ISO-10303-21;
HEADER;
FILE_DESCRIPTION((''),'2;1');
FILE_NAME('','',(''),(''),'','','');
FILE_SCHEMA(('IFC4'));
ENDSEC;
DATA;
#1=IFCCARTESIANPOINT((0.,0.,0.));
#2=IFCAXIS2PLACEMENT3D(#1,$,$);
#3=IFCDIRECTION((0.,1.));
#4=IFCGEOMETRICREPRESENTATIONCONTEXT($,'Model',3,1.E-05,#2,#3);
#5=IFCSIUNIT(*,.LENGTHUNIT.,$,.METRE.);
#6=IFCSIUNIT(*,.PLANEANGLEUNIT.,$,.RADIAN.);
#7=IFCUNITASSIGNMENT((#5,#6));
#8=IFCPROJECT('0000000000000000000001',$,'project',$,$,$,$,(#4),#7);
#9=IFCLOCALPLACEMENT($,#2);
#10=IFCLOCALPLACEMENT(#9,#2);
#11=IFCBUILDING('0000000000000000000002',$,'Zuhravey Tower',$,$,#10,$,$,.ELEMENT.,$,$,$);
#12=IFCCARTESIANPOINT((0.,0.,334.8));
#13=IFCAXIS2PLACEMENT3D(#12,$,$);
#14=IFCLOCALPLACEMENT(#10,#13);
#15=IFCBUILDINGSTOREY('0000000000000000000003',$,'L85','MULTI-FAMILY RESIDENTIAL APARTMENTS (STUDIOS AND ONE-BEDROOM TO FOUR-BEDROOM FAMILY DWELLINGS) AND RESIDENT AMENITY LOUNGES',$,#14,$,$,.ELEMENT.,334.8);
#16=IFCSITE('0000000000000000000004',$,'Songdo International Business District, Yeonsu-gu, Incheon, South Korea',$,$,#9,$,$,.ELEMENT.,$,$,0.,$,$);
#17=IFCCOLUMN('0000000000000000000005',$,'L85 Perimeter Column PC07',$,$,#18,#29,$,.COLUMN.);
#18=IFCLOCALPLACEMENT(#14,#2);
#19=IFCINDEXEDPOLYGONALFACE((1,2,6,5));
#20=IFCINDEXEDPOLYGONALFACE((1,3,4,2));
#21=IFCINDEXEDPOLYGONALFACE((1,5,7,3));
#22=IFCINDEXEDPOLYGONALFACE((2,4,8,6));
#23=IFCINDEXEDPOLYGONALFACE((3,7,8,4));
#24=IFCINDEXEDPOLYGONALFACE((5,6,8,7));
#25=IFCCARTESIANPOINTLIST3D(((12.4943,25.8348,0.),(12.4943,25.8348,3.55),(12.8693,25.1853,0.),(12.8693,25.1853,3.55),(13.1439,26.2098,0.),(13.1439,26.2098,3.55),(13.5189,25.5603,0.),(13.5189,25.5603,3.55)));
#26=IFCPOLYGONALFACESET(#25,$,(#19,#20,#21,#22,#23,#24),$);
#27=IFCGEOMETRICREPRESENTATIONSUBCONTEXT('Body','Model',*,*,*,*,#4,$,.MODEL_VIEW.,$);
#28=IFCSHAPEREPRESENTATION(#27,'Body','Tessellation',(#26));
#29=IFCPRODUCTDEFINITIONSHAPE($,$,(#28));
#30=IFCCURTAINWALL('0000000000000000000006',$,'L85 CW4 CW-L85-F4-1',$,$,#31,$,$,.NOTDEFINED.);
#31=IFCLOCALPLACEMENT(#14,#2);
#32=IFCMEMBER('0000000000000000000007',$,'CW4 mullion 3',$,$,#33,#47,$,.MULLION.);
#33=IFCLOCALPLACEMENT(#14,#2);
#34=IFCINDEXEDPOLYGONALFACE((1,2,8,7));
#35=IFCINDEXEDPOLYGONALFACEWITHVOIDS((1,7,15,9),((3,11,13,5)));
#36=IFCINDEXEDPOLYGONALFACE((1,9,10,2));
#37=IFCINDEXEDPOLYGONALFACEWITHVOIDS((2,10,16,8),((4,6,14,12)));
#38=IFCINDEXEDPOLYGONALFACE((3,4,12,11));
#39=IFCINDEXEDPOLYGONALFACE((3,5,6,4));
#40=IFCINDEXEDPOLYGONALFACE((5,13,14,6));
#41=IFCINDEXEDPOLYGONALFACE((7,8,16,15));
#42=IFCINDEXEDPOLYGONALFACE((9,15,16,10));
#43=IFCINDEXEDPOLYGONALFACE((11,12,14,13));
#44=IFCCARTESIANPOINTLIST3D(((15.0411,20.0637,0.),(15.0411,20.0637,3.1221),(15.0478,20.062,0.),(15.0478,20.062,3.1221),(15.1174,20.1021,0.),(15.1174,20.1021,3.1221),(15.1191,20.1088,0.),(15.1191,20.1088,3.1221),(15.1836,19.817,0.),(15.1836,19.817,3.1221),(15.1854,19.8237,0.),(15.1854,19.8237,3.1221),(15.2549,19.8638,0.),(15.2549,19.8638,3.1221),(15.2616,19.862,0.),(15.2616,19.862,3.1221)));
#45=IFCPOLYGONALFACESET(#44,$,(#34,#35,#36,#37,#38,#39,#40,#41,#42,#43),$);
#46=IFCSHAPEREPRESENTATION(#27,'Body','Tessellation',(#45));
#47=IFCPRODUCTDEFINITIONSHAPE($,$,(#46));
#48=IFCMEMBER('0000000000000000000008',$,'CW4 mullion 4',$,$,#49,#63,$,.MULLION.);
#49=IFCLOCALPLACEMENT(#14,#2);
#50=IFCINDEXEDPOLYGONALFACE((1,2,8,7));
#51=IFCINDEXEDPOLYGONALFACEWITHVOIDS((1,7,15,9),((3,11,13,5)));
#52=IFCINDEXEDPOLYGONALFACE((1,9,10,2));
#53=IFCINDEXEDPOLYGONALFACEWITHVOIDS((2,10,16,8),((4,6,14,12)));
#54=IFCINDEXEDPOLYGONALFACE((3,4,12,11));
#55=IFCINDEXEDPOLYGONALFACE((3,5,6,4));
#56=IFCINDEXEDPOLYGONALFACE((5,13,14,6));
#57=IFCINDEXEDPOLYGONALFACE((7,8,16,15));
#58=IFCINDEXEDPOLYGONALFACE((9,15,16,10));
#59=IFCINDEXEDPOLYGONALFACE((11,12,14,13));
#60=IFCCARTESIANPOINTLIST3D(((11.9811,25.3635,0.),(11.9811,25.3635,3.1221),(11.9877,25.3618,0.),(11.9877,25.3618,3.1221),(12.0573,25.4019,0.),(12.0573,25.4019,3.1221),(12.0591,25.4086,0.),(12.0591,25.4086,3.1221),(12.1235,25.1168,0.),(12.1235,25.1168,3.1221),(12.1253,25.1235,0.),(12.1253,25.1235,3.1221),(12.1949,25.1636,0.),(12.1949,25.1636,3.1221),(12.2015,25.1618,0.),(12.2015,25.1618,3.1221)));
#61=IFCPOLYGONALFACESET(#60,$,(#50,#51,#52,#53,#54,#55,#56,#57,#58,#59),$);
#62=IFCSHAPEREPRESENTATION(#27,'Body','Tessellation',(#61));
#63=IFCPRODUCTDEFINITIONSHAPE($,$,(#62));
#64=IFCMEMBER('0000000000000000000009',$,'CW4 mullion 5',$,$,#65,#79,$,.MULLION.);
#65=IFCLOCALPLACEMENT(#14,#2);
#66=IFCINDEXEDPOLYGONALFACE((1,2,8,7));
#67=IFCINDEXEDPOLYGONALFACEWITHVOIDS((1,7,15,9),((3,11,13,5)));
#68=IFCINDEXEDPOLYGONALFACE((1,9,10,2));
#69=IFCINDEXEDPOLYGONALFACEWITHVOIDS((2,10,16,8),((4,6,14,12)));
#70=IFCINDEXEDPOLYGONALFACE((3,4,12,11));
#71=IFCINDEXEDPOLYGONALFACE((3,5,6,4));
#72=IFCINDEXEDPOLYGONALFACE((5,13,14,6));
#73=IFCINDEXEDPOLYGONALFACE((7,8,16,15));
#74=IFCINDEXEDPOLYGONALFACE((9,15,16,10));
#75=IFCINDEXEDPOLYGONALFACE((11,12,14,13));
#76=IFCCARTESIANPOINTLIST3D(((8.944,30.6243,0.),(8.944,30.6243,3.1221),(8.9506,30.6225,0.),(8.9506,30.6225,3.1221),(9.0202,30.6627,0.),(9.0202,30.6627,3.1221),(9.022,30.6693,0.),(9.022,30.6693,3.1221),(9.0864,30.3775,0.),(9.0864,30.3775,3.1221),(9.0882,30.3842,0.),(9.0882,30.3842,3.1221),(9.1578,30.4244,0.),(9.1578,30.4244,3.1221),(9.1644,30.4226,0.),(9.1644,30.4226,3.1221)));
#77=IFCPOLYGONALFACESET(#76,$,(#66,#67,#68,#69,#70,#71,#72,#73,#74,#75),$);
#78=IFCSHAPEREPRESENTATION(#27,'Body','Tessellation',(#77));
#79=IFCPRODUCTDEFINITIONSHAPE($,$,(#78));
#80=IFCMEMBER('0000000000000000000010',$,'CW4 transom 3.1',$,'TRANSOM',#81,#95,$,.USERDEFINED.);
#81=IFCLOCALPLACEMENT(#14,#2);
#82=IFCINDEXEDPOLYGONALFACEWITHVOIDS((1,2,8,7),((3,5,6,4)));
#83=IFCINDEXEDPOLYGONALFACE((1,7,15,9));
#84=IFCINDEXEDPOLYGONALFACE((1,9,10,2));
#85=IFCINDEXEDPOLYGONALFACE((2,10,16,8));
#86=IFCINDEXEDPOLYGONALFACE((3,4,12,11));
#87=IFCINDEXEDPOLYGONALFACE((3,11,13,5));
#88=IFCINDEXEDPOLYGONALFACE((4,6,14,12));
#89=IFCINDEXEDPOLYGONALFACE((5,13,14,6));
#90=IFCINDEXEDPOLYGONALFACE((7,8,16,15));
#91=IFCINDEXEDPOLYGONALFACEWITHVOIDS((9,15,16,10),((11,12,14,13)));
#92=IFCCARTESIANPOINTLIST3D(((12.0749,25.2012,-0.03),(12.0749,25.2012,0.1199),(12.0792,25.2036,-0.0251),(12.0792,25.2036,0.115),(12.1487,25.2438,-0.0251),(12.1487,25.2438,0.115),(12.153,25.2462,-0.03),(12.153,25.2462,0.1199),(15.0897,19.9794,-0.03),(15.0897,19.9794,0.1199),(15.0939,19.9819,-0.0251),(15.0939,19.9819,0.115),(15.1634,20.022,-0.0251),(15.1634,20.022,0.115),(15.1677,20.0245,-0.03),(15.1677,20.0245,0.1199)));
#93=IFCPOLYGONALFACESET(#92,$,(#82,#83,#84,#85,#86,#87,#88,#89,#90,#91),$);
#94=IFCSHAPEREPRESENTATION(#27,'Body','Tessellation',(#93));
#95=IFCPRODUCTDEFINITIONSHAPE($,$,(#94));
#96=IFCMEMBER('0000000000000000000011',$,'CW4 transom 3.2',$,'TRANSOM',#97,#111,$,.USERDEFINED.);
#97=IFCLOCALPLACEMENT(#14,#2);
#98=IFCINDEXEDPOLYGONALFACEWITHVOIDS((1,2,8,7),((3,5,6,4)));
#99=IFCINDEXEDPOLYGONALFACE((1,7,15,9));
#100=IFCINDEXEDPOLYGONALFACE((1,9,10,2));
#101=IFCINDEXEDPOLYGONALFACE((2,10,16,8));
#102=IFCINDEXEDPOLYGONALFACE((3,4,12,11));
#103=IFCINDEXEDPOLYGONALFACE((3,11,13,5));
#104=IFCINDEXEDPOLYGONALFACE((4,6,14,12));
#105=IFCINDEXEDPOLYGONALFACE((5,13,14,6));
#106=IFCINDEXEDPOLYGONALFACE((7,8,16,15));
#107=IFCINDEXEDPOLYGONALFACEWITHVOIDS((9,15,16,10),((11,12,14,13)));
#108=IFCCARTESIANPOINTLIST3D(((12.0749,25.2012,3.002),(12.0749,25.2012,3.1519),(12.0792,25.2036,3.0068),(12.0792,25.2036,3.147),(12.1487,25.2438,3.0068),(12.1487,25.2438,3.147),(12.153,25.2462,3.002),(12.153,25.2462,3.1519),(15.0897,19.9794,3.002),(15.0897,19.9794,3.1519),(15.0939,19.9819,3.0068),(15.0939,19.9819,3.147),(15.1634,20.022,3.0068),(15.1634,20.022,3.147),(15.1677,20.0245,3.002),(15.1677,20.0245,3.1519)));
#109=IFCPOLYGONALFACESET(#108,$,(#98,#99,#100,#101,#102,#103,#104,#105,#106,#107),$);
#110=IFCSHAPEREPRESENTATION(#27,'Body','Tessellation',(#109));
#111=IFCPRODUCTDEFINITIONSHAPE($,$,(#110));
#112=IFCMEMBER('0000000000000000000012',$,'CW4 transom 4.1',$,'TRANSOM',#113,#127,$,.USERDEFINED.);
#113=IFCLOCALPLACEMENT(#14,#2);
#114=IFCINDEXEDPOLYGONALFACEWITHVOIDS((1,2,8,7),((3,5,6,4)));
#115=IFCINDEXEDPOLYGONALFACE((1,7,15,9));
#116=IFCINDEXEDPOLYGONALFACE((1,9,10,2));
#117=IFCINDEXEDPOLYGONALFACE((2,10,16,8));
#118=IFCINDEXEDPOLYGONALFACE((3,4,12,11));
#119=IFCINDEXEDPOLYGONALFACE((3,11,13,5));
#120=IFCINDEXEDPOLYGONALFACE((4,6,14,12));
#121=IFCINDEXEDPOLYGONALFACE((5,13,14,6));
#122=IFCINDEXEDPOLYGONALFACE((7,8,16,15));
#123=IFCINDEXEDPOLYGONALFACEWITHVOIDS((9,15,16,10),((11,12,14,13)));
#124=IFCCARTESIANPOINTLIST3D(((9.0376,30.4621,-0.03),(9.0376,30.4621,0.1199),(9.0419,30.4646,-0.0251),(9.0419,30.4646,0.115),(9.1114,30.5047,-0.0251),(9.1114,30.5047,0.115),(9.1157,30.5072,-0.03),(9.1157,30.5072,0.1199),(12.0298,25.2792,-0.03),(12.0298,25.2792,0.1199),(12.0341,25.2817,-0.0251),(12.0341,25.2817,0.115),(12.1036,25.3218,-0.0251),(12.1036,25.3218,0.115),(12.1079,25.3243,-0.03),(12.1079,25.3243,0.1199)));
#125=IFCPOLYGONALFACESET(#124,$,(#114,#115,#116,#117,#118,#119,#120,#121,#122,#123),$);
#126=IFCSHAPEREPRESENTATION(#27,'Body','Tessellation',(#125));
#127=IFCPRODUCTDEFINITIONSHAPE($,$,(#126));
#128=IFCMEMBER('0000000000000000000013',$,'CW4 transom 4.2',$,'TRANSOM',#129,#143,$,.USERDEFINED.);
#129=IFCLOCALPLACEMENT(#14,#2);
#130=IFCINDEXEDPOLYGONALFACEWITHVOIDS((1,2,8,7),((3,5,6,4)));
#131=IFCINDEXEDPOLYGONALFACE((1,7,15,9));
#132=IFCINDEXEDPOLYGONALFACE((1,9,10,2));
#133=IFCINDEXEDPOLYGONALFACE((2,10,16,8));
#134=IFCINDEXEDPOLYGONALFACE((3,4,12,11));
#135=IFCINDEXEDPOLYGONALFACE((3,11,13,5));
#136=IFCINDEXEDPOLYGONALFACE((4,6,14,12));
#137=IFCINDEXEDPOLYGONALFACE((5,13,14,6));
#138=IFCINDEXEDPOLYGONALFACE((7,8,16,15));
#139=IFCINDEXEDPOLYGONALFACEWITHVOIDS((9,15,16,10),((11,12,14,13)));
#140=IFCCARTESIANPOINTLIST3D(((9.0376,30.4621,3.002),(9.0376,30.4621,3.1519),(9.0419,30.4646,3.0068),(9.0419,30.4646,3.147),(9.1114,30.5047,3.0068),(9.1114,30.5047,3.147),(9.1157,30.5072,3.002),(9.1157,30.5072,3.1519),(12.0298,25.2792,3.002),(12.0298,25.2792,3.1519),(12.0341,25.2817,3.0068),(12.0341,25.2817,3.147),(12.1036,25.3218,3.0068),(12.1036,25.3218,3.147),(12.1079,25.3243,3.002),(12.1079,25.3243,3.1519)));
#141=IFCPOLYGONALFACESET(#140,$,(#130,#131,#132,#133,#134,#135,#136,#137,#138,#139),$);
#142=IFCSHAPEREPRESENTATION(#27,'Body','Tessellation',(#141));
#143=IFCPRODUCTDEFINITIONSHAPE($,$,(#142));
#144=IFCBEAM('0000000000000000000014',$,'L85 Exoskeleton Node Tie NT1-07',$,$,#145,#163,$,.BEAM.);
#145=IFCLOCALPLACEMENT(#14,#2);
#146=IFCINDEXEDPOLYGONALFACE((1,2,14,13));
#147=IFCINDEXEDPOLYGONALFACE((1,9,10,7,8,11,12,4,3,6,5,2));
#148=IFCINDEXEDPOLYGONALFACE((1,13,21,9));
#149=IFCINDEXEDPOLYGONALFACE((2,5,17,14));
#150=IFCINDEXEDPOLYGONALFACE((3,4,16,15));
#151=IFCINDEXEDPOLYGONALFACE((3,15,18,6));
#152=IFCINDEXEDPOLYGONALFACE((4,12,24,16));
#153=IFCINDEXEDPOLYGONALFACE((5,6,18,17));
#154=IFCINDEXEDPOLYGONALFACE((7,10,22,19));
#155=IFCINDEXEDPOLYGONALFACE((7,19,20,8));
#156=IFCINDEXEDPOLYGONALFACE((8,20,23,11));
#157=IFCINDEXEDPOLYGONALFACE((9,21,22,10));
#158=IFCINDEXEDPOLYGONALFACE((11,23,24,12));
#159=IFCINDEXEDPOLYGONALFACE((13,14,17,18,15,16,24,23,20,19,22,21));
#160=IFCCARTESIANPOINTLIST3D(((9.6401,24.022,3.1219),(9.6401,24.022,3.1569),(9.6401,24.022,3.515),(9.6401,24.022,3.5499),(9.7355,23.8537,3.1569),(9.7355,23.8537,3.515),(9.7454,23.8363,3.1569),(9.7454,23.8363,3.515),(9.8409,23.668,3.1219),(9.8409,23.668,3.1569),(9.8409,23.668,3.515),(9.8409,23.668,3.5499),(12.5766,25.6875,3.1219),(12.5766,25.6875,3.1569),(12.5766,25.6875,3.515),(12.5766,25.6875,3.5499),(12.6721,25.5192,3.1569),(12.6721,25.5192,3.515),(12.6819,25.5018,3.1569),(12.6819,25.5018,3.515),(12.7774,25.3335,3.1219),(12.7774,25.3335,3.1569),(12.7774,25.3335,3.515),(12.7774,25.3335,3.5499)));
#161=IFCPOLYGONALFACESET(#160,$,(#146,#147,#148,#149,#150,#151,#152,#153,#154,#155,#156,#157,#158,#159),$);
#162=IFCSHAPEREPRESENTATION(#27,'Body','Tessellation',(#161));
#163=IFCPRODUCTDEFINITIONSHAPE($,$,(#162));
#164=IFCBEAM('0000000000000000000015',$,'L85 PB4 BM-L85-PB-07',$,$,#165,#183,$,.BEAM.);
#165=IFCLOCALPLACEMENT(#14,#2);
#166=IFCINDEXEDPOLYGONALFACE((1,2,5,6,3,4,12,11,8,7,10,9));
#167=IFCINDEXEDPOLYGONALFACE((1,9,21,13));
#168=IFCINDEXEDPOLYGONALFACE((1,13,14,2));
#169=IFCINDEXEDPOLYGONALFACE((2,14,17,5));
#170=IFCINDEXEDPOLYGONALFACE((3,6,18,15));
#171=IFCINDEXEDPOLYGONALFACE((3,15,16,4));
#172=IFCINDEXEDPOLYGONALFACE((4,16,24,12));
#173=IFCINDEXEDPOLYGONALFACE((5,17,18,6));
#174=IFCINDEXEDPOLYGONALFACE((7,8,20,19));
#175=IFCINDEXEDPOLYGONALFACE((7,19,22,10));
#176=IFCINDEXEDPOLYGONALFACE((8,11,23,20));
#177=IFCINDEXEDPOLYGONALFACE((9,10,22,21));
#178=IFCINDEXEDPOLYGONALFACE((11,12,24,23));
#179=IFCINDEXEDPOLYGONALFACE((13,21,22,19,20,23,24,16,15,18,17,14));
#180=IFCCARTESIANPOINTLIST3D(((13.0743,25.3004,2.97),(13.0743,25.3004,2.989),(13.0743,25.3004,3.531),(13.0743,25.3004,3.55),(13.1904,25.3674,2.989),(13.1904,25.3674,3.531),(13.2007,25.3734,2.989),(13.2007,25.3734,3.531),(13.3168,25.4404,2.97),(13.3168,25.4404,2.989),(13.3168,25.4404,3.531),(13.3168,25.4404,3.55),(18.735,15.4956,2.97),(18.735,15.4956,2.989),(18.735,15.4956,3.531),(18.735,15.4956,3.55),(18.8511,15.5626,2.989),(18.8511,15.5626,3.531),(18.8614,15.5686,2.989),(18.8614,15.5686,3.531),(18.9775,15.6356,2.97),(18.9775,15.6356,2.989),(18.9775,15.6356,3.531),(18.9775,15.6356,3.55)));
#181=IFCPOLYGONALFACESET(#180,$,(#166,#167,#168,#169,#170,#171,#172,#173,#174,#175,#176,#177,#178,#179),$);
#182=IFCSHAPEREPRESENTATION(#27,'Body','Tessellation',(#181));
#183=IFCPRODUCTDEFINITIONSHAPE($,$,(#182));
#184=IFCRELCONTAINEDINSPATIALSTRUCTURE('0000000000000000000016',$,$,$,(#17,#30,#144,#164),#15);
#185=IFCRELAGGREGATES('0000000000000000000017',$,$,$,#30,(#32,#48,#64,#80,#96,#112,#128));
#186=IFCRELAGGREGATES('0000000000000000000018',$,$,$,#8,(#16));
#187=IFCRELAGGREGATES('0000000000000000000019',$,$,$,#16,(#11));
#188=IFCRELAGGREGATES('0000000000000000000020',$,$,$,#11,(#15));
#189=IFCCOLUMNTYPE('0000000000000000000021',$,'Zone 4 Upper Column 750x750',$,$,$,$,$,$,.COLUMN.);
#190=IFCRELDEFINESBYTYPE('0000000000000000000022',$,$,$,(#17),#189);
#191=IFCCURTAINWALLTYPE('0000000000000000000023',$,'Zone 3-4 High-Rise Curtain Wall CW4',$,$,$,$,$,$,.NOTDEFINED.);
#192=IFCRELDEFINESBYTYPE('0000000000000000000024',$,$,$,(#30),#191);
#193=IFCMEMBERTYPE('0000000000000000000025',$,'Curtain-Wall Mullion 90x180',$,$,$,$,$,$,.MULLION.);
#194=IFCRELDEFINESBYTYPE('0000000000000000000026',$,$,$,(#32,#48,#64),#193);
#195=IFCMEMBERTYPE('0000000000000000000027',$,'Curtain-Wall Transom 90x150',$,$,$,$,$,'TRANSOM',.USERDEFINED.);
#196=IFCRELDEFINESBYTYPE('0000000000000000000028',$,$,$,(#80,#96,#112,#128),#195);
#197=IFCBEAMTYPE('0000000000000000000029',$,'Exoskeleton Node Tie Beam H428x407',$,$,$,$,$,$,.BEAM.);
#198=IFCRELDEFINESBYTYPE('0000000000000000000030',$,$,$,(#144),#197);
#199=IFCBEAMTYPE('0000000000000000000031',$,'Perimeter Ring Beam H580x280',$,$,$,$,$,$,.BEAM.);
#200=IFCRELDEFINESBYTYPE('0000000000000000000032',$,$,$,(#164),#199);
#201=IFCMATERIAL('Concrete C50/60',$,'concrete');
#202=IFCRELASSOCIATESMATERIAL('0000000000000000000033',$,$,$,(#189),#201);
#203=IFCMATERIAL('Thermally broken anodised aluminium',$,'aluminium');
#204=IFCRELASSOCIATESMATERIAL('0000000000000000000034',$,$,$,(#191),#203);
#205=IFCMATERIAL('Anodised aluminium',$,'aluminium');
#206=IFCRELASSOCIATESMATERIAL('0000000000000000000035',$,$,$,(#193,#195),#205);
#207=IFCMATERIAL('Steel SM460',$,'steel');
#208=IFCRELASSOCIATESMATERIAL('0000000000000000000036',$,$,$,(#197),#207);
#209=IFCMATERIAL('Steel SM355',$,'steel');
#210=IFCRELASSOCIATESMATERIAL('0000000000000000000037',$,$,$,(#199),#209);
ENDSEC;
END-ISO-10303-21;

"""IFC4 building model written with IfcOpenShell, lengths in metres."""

from ifc_helpers import new_model, si_unit, direction, frame, origin, origin_2d, place, context, subcontext, project, spatial, rectangle, hollow_rectangle, i_section, extrude, material, material_profile, profile_set, type_object, element, aggregate, save


model = new_model("IFC4")

# Units and contexts
model_context = context("Model", 3, precision=1e-05, world=origin(), true_north=direction((0.0, 1.0)))
body_context = subcontext(model_context, "Body", "Model", "MODEL_VIEW")
ifc_project = project(units=[si_unit("LENGTHUNIT", "METRE"), si_unit("PLANEANGLEUNIT", "RADIAN")], contexts=[model_context])

# Site, building, storey
site_placement = place(None, origin())
site = spatial("IfcSite", under=ifc_project, at=site_placement, Name="Songdo International Business District, Yeonsu-gu, Incheon, South Korea", CompositionType="ELEMENT", RefElevation=0.0)
building_placement = place(site_placement, origin())
building = spatial("IfcBuilding", under=site, at=building_placement, Name="Zuhravey Tower", CompositionType="ELEMENT")
storey_placement = place(building_placement, frame((0.0, 0.0, 334.8)))
storey = spatial("IfcBuildingStorey", under=building, at=storey_placement, Name="L85", Description="MULTI-FAMILY RESIDENTIAL APARTMENTS (STUDIOS AND ONE-BEDROOM TO FOUR-BEDROOM FAMILY DWELLINGS) AND RESIDENT AMENITY LOUNGES", CompositionType="ELEMENT", Elevation=334.8)

# Column
ifc_material_1 = material(Name="Concrete C50/60", Category="concrete")
ifc_material_profile_1 = material_profile(ifc_material_1, rectangle(XDim=0.75, YDim=0.75, at=origin_2d()), Name="RC-750x750")
ifc_profile_set_1 = profile_set([ifc_material_profile_1], Name="Concrete C50/60")
column_type = type_object("IfcColumnType", Name="Zone 4 Upper Column 750x750", PredefinedType="COLUMN", material=ifc_profile_set_1)
column_placement = place(storey_placement, frame((13.0066, 25.6975, 0.0), z_axis=(0.0, 0.0, 1.0), x_axis=(0.5, -0.866025, 0.0)))
element("IfcColumn", 1, at=column_placement, inside=storey, type_object=column_type, Name="L85 Perimeter Column PC07", PredefinedType="COLUMN", context=body_context, shape_type="SweptSolid", body=[
    extrude(rectangle(XDim=0.75, YDim=0.75, at=origin_2d()), origin(), (0.0, 0.0, 1.0), 3.55),
])

# Curtain wall, members
ifc_material_2 = material(Name="Thermally broken anodised aluminium", Category="aluminium")
curtain_wall_type = type_object("IfcCurtainWallType", Name="Zone 3-4 High-Rise Curtain Wall CW4", PredefinedType="NOTDEFINED", material=ifc_material_2)
curtain_wall_placement = place(storey_placement, origin())
curtain_wall = element("IfcCurtainWall", 2, at=curtain_wall_placement, inside=storey, type_object=curtain_wall_type, Name="L85 CW4 CW-L85-F4-1", PredefinedType="NOTDEFINED")
ifc_material_3 = material(Name="Anodised aluminium", Category="aluminium")
ifc_material_profile_2 = material_profile(ifc_material_3, hollow_rectangle(XDim=0.0901, YDim=0.2849, WallThickness=0.0049, at=origin_2d()), Name="ALU-RHS-90x285x5")
ifc_profile_set_2 = profile_set([ifc_material_profile_2], Name="Anodised aluminium")
member_type_1 = type_object("IfcMemberType", Name="Curtain-Wall Mullion 90x180", PredefinedType="MULLION", material=ifc_profile_set_2)
member_1_placement = place(storey_placement, frame((15.1514, 19.9629, 0.0), z_axis=(0.0, 0.0, 1.0), x_axis=(-0.866026, -0.5, 0.0)))
member_1 = element("IfcMember", 3, at=member_1_placement, type_object=member_type_1, Name="CW4 mullion 3", PredefinedType="MULLION", context=body_context, shape_type="SweptSolid", body=[
    extrude(hollow_rectangle(XDim=0.0901, YDim=0.2849, WallThickness=0.0049, at=origin_2d()), origin(), (0.0, 0.0, 1.0), 3.1221),
])
member_2_placement = place(storey_placement, frame((12.0913, 25.2627, 0.0), z_axis=(0.0, 0.0, 1.0), x_axis=(-0.866026, -0.5, 0.0)))
member_2 = element("IfcMember", 4, at=member_2_placement, type_object=member_type_1, Name="CW4 mullion 4", PredefinedType="MULLION", context=body_context, shape_type="SweptSolid", body=[
    extrude(hollow_rectangle(XDim=0.0901, YDim=0.2849, WallThickness=0.0049, at=origin_2d()), origin(), (0.0, 0.0, 1.0), 3.1221),
])
member_3_placement = place(storey_placement, frame((9.0542, 30.5234, 0.0), z_axis=(0.0, 0.0, 1.0), x_axis=(-0.866026, -0.5, 0.0)))
member_3 = element("IfcMember", 5, at=member_3_placement, type_object=member_type_1, Name="CW4 mullion 5", PredefinedType="MULLION", context=body_context, shape_type="SweptSolid", body=[
    extrude(hollow_rectangle(XDim=0.0901, YDim=0.2849, WallThickness=0.0049, at=origin_2d()), origin(), (0.0, 0.0, 1.0), 3.1221),
])
ifc_material_profile_3 = material_profile(ifc_material_3, hollow_rectangle(XDim=0.0901, YDim=0.1499, WallThickness=0.0049, at=origin_2d()), Name="ALU-RHS-90x150x5")
ifc_profile_set_3 = profile_set([ifc_material_profile_3], Name="Anodised aluminium")
member_type_2 = type_object("IfcMemberType", Name="Curtain-Wall Transom 90x150", ElementType="TRANSOM", PredefinedType="USERDEFINED", material=ifc_profile_set_3)
member_4_placement = place(storey_placement, frame((15.1287, 20.002, 0.0449), z_axis=(-0.499989, 0.866032, 0.0), x_axis=(-0.866032, -0.499989, 0.0)))
member_4 = element("IfcMember", 6, at=member_4_placement, type_object=member_type_2, Name="CW4 transom 3.1", ObjectType="TRANSOM", PredefinedType="USERDEFINED", context=body_context, shape_type="SweptSolid", body=[
    extrude(hollow_rectangle(XDim=0.0901, YDim=0.1499, WallThickness=0.0049, at=origin_2d()), origin(), (0.0, 0.0, 1.0), 6.0295),
])
member_5_placement = place(storey_placement, frame((15.1287, 20.002, 3.0769), z_axis=(-0.499989, 0.866032, 0.0), x_axis=(-0.866032, -0.499989, 0.0)))
member_5 = element("IfcMember", 7, at=member_5_placement, type_object=member_type_2, Name="CW4 transom 3.2", ObjectType="TRANSOM", PredefinedType="USERDEFINED", context=body_context, shape_type="SweptSolid", body=[
    extrude(hollow_rectangle(XDim=0.0901, YDim=0.1499, WallThickness=0.0049, at=origin_2d()), origin(), (0.0, 0.0, 1.0), 6.0295),
])
member_6_placement = place(storey_placement, frame((12.0688, 25.3018, 0.0449), z_axis=(-0.499983, 0.866035, 0.0), x_axis=(-0.866035, -0.499983, 0.0)))
member_6 = element("IfcMember", 8, at=member_6_placement, type_object=member_type_2, Name="CW4 transom 4.1", ObjectType="TRANSOM", PredefinedType="USERDEFINED", context=body_context, shape_type="SweptSolid", body=[
    extrude(hollow_rectangle(XDim=0.0901, YDim=0.1499, WallThickness=0.0049, at=origin_2d()), origin(), (0.0, 0.0, 1.0), 5.9846),
])
member_7_placement = place(storey_placement, frame((12.0688, 25.3018, 3.0769), z_axis=(-0.499983, 0.866035, 0.0), x_axis=(-0.866035, -0.499983, 0.0)))
member_7 = element("IfcMember", 9, at=member_7_placement, type_object=member_type_2, Name="CW4 transom 4.2", ObjectType="TRANSOM", PredefinedType="USERDEFINED", context=body_context, shape_type="SweptSolid", body=[
    extrude(hollow_rectangle(XDim=0.0901, YDim=0.1499, WallThickness=0.0049, at=origin_2d()), origin(), (0.0, 0.0, 1.0), 5.9846),
])

# Beams
ifc_material_4 = material(Name="Steel SM460", Category="steel")
ifc_material_profile_4 = material_profile(ifc_material_4, i_section(OverallWidth=0.407, OverallDepth=0.428, WebThickness=0.02, FlangeThickness=0.0349, at=origin_2d()), Name="H-428x407x20x35")
ifc_profile_set_4 = profile_set([ifc_material_profile_4], Name="Steel SM460")
beam_type_1 = type_object("IfcBeamType", Name="Exoskeleton Node Tie Beam H428x407", PredefinedType="BEAM", material=ifc_profile_set_4)
beam_1_placement = place(storey_placement, frame((12.677, 25.5105, 3.3359), z_axis=(-0.869832, -0.493348, 0.0), x_axis=(0.493348, -0.869832, 0.0)))
element("IfcBeam", 10, at=beam_1_placement, inside=storey, type_object=beam_type_1, Name="L85 Exoskeleton Node Tie NT1-07", PredefinedType="BEAM", context=body_context, shape_type="SweptSolid", body=[
    extrude(i_section(OverallWidth=0.407, OverallDepth=0.428, WebThickness=0.02, FlangeThickness=0.0349, at=origin_2d()), origin(), (0.0, 0.0, 1.0), 3.376),
])
ifc_material_5 = material(Name="Steel SM355", Category="steel")
ifc_material_profile_5 = material_profile(ifc_material_5, i_section(OverallWidth=0.28, OverallDepth=0.5801, WebThickness=0.012, FlangeThickness=0.019, at=origin_2d()), Name="H-580x280x12x19")
ifc_profile_set_5 = profile_set([ifc_material_profile_5], Name="Steel SM355")
beam_type_2 = type_object("IfcBeamType", Name="Perimeter Ring Beam H580x280", PredefinedType="BEAM", material=ifc_profile_set_5)
beam_2_placement = place(storey_placement, frame((13.1956, 25.3704, 3.26), z_axis=(0.499994, -0.866029, 0.0), x_axis=(0.866029, 0.499994, 0.0)))
element("IfcBeam", 11, at=beam_2_placement, inside=storey, type_object=beam_type_2, Name="L85 PB4 BM-L85-PB-07", PredefinedType="BEAM", context=body_context, shape_type="SweptSolid", body=[
    extrude(i_section(OverallWidth=0.28, OverallDepth=0.5801, WebThickness=0.012, FlangeThickness=0.019, at=origin_2d()), origin(), (0.0, 0.0, 1.0), 11.3215),
])

aggregate(curtain_wall, [member_1, member_2, member_3, member_4, member_5, member_6, member_7])

save(model, "model.ifc")
